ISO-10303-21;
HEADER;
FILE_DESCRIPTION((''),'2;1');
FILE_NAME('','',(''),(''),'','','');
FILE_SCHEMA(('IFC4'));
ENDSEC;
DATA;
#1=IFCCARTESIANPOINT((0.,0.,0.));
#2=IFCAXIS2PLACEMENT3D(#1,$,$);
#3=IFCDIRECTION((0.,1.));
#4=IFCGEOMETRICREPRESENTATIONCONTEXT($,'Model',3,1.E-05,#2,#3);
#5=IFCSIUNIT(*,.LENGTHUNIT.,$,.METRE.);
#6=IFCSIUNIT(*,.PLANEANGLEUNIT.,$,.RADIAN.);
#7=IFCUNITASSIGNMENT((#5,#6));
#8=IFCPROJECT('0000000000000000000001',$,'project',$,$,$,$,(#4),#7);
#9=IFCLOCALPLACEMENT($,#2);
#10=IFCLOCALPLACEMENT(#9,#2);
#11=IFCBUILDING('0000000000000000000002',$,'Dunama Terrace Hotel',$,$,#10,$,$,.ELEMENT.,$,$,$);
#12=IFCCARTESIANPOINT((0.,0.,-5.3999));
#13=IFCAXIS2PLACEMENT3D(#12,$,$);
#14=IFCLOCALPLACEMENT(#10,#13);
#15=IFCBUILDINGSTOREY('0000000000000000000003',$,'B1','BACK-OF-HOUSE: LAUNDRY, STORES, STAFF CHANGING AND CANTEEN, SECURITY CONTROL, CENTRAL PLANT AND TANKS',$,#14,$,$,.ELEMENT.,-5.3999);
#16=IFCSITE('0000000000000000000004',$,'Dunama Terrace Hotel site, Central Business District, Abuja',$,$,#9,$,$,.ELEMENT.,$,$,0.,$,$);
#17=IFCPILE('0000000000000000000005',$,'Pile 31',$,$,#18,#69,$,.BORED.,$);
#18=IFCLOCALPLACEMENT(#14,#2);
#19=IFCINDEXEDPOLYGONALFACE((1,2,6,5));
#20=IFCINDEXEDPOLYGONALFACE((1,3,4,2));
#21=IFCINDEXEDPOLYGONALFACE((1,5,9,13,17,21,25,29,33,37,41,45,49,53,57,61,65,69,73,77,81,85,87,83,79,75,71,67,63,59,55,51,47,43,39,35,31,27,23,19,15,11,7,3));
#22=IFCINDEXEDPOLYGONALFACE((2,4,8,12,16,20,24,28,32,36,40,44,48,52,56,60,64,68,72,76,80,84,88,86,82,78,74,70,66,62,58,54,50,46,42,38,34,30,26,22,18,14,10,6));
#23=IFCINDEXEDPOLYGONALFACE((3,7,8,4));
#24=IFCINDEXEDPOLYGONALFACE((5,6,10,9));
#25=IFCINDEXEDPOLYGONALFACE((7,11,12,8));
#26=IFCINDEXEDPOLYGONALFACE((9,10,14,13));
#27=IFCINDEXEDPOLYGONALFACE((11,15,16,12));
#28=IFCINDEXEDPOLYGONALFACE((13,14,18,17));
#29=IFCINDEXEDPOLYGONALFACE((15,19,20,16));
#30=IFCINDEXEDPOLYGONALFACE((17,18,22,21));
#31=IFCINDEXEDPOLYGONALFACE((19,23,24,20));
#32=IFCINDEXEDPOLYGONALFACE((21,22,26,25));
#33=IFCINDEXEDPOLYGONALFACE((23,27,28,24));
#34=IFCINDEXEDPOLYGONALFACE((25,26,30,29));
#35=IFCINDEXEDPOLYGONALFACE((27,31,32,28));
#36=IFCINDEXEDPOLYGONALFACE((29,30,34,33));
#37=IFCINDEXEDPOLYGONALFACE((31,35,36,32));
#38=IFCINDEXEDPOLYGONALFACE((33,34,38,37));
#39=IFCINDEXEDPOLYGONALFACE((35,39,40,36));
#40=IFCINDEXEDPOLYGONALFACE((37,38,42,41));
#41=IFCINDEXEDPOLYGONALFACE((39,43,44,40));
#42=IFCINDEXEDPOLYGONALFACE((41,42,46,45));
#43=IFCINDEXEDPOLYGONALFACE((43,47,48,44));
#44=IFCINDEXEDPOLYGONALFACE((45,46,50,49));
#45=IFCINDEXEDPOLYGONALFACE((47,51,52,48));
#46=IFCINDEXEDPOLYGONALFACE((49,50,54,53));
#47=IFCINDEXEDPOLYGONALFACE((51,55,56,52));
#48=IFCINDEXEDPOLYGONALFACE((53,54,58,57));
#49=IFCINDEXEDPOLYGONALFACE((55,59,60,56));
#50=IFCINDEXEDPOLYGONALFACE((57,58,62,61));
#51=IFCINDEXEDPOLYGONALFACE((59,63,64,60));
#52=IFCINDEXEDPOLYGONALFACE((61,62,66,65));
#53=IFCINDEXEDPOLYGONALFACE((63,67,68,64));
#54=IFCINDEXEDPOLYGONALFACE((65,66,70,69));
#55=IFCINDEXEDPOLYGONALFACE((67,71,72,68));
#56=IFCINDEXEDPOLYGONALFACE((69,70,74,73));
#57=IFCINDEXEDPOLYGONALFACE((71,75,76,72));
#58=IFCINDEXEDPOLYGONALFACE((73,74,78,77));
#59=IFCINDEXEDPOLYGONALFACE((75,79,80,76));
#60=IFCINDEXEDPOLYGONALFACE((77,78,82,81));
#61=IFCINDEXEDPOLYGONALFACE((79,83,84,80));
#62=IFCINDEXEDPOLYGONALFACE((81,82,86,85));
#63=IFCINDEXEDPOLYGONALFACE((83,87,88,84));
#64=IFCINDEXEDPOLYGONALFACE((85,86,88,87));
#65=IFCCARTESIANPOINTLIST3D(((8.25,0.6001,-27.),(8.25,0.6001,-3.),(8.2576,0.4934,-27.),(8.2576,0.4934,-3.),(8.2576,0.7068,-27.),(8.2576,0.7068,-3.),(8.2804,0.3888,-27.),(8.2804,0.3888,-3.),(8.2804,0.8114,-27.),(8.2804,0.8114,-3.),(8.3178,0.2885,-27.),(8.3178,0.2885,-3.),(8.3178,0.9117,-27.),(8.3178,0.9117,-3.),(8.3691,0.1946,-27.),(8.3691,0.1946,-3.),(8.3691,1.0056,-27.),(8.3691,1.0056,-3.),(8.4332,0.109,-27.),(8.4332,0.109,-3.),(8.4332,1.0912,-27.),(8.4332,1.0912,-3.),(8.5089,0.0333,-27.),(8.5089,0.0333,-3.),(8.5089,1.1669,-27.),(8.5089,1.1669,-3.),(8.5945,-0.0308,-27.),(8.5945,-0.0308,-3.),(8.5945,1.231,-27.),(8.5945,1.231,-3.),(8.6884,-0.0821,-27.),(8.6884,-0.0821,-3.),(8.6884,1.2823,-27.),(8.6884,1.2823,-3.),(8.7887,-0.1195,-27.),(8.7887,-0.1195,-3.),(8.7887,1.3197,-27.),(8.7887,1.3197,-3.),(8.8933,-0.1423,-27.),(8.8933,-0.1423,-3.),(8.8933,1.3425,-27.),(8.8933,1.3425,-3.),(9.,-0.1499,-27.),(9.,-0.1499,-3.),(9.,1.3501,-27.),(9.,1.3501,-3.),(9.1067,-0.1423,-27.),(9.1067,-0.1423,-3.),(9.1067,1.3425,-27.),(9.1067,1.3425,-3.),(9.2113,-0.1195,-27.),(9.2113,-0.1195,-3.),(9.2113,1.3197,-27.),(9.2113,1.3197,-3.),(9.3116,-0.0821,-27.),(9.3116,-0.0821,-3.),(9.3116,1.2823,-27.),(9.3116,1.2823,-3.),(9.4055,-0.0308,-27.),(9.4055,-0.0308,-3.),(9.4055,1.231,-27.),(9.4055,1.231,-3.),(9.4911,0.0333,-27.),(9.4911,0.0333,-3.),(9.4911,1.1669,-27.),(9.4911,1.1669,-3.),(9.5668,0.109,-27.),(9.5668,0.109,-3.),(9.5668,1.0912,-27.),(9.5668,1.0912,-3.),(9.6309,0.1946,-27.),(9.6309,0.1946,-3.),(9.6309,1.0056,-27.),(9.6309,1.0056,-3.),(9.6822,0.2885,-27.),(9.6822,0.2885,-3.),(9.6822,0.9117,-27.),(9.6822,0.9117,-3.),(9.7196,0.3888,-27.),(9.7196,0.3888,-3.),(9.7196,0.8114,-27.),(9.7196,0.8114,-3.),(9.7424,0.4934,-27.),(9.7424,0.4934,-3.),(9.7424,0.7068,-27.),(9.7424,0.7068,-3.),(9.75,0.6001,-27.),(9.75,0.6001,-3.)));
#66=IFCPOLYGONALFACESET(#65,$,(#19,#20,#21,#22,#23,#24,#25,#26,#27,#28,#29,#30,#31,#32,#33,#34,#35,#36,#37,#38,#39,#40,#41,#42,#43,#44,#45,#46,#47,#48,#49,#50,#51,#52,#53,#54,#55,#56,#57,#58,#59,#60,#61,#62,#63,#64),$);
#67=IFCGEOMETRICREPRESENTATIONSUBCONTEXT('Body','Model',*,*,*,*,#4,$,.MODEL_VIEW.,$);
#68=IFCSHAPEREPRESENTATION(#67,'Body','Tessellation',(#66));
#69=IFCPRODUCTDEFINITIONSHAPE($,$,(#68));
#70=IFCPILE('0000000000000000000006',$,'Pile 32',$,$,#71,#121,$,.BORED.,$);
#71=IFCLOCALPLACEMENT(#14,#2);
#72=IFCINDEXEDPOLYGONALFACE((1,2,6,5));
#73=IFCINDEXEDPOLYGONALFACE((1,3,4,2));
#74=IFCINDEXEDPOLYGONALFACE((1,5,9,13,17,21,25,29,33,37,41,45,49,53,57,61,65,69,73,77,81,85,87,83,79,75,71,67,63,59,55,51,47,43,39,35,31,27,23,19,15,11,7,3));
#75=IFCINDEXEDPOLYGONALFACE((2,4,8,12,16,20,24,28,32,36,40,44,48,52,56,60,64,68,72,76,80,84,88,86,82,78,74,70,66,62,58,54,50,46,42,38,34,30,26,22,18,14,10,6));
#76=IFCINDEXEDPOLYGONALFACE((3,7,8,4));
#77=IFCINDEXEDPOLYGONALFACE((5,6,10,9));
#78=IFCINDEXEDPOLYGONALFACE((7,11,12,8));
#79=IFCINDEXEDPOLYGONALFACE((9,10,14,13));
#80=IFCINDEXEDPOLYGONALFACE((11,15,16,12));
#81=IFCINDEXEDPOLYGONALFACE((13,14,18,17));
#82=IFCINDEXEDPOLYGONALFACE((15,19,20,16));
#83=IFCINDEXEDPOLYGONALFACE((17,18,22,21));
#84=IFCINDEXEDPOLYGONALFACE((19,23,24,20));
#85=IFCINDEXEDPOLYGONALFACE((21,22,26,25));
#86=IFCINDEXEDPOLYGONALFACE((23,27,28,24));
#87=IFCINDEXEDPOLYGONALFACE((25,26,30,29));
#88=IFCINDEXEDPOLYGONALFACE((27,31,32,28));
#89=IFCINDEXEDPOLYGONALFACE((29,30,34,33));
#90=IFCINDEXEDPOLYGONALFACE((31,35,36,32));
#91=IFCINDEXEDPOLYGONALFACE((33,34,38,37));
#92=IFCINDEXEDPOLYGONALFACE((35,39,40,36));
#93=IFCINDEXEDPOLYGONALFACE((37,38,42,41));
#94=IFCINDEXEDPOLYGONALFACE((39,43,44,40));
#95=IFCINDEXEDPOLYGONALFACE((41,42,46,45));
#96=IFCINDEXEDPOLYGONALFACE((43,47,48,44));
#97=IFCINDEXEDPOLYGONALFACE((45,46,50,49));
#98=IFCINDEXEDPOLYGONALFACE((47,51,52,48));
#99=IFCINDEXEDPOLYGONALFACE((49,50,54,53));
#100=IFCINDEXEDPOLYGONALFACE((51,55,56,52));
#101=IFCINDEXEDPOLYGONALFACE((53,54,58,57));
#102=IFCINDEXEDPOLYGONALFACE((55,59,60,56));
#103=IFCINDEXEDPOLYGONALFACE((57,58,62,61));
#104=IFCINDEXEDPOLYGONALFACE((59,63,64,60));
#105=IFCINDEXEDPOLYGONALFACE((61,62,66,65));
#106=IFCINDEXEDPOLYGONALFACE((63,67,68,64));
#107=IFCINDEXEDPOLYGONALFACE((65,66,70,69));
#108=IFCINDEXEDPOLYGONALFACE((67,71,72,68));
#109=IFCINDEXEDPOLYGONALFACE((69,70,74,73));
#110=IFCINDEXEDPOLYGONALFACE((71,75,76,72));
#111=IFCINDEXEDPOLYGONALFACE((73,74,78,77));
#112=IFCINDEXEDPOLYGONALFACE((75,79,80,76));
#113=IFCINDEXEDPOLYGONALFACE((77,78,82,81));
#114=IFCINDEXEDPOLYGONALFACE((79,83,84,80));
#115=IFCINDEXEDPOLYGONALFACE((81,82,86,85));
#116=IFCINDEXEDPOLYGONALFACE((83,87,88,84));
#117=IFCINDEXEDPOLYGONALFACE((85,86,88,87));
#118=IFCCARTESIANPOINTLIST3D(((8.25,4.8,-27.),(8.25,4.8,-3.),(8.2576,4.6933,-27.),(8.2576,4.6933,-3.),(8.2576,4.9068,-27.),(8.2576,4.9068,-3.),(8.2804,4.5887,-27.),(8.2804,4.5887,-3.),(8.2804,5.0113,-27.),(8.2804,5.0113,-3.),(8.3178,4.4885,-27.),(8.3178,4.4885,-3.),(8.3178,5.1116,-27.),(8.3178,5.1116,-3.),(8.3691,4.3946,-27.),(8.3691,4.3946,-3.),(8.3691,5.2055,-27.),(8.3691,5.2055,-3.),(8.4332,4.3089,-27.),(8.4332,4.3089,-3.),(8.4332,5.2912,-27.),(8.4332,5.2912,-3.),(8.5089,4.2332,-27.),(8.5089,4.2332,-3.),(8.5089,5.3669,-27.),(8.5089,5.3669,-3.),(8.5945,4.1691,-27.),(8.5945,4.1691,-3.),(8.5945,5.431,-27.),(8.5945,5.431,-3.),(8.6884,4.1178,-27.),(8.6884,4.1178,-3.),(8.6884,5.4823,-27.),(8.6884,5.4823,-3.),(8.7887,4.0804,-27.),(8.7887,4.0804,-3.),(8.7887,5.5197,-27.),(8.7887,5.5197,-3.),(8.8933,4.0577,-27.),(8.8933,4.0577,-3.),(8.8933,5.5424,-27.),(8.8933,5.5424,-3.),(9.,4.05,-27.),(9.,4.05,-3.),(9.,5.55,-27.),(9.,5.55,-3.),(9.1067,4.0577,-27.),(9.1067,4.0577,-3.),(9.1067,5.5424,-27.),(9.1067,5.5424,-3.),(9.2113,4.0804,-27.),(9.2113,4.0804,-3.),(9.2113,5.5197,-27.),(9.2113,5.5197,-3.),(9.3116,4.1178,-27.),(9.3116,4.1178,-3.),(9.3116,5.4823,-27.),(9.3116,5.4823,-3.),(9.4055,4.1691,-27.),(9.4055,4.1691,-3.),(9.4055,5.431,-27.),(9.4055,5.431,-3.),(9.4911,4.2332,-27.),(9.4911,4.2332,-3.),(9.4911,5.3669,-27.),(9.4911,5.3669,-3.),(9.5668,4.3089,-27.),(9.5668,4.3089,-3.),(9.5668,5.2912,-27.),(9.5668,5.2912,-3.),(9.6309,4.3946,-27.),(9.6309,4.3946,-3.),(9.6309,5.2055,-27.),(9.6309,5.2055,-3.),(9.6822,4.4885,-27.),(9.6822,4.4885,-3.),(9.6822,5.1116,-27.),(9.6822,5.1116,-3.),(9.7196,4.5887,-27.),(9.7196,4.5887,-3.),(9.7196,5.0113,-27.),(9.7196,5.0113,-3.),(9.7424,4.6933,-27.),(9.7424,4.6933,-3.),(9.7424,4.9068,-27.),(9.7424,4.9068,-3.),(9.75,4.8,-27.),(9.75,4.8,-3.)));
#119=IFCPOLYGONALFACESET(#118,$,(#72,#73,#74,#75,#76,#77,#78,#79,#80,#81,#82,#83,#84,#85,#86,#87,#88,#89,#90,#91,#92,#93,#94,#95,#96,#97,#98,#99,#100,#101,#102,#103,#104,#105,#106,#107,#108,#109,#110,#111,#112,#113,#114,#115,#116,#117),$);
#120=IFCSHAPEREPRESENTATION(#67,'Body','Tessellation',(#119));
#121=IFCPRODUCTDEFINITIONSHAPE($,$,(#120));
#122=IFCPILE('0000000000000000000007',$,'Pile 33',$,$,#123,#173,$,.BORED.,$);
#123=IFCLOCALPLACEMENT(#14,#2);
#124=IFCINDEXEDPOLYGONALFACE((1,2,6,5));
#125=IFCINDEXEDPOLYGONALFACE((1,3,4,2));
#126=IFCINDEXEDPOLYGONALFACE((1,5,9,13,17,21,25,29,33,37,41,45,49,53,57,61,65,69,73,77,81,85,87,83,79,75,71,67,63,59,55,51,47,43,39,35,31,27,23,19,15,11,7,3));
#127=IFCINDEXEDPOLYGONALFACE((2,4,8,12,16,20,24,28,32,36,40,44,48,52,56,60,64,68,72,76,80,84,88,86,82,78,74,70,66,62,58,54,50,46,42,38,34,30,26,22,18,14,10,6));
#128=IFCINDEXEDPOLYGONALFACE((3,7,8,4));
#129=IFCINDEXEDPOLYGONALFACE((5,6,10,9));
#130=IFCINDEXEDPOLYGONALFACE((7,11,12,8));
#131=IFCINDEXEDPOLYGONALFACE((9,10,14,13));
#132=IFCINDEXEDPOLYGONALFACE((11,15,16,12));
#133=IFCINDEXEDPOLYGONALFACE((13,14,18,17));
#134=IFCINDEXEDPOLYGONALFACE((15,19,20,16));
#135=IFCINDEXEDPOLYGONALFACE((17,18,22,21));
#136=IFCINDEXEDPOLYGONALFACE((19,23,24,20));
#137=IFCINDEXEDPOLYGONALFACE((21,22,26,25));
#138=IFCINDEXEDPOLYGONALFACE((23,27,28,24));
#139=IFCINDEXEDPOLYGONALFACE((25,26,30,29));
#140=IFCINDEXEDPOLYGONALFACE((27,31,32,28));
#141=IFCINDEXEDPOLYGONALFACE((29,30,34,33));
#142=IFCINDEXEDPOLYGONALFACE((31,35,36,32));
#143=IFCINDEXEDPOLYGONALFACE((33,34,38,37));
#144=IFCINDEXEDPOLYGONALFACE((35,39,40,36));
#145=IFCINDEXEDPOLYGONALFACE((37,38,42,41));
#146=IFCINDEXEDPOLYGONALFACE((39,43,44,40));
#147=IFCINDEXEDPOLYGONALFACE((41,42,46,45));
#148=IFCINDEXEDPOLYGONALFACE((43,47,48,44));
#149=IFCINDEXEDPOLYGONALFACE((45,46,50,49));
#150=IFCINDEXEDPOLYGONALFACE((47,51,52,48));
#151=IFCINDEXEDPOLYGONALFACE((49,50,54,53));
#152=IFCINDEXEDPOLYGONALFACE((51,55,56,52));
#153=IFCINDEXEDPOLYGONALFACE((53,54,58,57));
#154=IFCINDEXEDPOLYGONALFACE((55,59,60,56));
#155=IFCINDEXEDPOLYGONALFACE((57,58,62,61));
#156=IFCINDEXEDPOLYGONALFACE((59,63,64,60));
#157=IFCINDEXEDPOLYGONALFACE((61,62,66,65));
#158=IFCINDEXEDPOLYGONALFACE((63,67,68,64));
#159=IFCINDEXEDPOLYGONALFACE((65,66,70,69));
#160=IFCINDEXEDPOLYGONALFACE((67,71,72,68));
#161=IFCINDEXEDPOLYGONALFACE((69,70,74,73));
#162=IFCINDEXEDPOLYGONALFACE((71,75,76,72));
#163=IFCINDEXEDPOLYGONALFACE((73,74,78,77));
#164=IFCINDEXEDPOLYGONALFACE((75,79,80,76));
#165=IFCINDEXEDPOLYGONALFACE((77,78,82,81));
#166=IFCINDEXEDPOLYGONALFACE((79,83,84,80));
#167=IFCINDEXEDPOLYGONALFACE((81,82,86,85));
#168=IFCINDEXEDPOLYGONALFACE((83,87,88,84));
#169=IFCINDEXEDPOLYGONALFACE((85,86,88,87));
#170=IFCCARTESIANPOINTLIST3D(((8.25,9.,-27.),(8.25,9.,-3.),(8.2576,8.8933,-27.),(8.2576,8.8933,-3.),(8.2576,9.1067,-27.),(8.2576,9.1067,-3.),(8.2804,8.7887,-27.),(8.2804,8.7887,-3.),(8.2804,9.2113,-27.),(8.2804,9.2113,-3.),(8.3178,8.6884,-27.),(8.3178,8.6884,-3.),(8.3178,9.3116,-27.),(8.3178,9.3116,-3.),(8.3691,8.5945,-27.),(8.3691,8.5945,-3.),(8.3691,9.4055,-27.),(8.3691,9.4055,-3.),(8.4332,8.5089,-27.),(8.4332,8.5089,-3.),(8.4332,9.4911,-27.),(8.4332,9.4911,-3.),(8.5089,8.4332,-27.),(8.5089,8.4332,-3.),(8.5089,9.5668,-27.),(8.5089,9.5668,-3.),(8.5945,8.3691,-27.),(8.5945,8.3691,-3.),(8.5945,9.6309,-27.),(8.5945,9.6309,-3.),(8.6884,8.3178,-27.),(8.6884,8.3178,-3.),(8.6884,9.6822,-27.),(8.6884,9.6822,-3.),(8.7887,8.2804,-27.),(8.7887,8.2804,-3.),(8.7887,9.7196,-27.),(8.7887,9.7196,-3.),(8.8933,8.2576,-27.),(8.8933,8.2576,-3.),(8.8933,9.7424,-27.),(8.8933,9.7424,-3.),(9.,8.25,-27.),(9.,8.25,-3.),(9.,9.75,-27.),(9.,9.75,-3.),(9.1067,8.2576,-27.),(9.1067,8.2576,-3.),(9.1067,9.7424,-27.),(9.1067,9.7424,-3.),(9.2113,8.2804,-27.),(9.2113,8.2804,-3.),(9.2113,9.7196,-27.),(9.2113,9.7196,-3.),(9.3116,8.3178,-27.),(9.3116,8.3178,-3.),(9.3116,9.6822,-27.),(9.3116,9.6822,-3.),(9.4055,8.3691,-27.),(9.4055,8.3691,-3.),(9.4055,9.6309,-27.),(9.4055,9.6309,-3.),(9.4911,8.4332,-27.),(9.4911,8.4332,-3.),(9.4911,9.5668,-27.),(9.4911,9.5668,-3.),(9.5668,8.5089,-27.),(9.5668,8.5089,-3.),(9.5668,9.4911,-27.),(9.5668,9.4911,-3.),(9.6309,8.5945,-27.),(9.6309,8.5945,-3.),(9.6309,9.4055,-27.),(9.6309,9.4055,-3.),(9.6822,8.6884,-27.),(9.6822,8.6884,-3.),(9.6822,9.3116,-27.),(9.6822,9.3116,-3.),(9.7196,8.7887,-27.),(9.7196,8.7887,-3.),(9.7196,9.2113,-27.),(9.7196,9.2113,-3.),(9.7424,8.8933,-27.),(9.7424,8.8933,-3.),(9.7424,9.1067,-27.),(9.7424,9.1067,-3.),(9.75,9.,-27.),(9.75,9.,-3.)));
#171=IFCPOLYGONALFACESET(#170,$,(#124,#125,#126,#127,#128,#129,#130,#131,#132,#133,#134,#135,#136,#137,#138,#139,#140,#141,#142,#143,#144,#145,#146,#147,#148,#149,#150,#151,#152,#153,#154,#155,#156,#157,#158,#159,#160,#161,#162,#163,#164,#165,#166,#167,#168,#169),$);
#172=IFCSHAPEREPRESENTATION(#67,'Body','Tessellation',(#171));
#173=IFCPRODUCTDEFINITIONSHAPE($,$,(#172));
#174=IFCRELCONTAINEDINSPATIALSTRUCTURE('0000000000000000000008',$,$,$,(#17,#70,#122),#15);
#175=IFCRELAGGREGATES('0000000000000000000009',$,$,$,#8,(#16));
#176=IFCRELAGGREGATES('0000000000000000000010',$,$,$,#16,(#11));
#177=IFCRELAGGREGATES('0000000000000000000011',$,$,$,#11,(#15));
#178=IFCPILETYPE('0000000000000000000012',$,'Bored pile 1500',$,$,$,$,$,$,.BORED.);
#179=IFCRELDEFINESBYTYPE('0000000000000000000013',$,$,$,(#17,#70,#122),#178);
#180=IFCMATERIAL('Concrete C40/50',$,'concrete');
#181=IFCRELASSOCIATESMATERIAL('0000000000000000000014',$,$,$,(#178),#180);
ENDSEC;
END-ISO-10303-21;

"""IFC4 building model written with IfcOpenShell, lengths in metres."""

from ifc_helpers import new_model, si_unit, direction, frame, origin, origin_2d, place, context, subcontext, project, spatial, circle, extrude, material, material_profile, profile_set, type_object, element, save


model = new_model("IFC4")

# Units and contexts
model_context = context("Model", 3, precision=1e-05, world=origin(), true_north=direction((0.0, 1.0)))
body_context = subcontext(model_context, "Body", "Model", "MODEL_VIEW")
ifc_project = project(units=[si_unit("LENGTHUNIT", "METRE"), si_unit("PLANEANGLEUNIT", "RADIAN")], contexts=[model_context])

# Site, building, storey
site_placement = place(None, origin())
site = spatial("IfcSite", under=ifc_project, at=site_placement, Name="Dunama Terrace Hotel site, Central Business District, Abuja", CompositionType="ELEMENT", RefElevation=0.0)
building_placement = place(site_placement, origin())
building = spatial("IfcBuilding", under=site, at=building_placement, Name="Dunama Terrace Hotel", CompositionType="ELEMENT")
storey_placement = place(building_placement, frame((0.0, 0.0, -5.3999)))
storey = spatial("IfcBuildingStorey", under=building, at=storey_placement, Name="B1", Description="BACK-OF-HOUSE: LAUNDRY, STORES, STAFF CHANGING AND CANTEEN, SECURITY CONTROL, CENTRAL PLANT AND TANKS", CompositionType="ELEMENT", Elevation=-5.3999)

# Piles
ifc_material_1 = material(Name="Concrete C40/50", Category="concrete")
ifc_material_profile_1 = material_profile(ifc_material_1, circle(Radius=0.75, at=origin_2d()), Name="PILE D1500")
ifc_profile_set_1 = profile_set([ifc_material_profile_1], Name="Concrete C40/50")
pile_type = type_object("IfcPileType", Name="Bored pile 1500", PredefinedType="BORED", material=ifc_profile_set_1)
for number, where, z_axis, x_axis, name in (
    (1, (9.0, 0.6001, -3.0), (0.0, 0.0, -1.0), (1.0, 0.0, 0.0), "Pile 31"),
    (2, (9.0, 4.8, -3.0), (0.0, 0.0, -1.0), (1.0, 0.0, 0.0), "Pile 32"),
    (3, (9.0, 9.0, -3.0), (0.0, 0.0, -1.0), (1.0, 0.0, 0.0), "Pile 33"),
):
    element("IfcPile", number, at=place(storey_placement, frame(where, z_axis=z_axis, x_axis=x_axis)), inside=storey, type_object=pile_type, Name=name, PredefinedType="BORED", context=body_context, shape_type="SweptSolid", body=[
        extrude(circle(Radius=0.75, at=origin_2d()), origin(), (0.0, 0.0, 1.0), 24.0),
    ])

save(model, "model.ifc")
